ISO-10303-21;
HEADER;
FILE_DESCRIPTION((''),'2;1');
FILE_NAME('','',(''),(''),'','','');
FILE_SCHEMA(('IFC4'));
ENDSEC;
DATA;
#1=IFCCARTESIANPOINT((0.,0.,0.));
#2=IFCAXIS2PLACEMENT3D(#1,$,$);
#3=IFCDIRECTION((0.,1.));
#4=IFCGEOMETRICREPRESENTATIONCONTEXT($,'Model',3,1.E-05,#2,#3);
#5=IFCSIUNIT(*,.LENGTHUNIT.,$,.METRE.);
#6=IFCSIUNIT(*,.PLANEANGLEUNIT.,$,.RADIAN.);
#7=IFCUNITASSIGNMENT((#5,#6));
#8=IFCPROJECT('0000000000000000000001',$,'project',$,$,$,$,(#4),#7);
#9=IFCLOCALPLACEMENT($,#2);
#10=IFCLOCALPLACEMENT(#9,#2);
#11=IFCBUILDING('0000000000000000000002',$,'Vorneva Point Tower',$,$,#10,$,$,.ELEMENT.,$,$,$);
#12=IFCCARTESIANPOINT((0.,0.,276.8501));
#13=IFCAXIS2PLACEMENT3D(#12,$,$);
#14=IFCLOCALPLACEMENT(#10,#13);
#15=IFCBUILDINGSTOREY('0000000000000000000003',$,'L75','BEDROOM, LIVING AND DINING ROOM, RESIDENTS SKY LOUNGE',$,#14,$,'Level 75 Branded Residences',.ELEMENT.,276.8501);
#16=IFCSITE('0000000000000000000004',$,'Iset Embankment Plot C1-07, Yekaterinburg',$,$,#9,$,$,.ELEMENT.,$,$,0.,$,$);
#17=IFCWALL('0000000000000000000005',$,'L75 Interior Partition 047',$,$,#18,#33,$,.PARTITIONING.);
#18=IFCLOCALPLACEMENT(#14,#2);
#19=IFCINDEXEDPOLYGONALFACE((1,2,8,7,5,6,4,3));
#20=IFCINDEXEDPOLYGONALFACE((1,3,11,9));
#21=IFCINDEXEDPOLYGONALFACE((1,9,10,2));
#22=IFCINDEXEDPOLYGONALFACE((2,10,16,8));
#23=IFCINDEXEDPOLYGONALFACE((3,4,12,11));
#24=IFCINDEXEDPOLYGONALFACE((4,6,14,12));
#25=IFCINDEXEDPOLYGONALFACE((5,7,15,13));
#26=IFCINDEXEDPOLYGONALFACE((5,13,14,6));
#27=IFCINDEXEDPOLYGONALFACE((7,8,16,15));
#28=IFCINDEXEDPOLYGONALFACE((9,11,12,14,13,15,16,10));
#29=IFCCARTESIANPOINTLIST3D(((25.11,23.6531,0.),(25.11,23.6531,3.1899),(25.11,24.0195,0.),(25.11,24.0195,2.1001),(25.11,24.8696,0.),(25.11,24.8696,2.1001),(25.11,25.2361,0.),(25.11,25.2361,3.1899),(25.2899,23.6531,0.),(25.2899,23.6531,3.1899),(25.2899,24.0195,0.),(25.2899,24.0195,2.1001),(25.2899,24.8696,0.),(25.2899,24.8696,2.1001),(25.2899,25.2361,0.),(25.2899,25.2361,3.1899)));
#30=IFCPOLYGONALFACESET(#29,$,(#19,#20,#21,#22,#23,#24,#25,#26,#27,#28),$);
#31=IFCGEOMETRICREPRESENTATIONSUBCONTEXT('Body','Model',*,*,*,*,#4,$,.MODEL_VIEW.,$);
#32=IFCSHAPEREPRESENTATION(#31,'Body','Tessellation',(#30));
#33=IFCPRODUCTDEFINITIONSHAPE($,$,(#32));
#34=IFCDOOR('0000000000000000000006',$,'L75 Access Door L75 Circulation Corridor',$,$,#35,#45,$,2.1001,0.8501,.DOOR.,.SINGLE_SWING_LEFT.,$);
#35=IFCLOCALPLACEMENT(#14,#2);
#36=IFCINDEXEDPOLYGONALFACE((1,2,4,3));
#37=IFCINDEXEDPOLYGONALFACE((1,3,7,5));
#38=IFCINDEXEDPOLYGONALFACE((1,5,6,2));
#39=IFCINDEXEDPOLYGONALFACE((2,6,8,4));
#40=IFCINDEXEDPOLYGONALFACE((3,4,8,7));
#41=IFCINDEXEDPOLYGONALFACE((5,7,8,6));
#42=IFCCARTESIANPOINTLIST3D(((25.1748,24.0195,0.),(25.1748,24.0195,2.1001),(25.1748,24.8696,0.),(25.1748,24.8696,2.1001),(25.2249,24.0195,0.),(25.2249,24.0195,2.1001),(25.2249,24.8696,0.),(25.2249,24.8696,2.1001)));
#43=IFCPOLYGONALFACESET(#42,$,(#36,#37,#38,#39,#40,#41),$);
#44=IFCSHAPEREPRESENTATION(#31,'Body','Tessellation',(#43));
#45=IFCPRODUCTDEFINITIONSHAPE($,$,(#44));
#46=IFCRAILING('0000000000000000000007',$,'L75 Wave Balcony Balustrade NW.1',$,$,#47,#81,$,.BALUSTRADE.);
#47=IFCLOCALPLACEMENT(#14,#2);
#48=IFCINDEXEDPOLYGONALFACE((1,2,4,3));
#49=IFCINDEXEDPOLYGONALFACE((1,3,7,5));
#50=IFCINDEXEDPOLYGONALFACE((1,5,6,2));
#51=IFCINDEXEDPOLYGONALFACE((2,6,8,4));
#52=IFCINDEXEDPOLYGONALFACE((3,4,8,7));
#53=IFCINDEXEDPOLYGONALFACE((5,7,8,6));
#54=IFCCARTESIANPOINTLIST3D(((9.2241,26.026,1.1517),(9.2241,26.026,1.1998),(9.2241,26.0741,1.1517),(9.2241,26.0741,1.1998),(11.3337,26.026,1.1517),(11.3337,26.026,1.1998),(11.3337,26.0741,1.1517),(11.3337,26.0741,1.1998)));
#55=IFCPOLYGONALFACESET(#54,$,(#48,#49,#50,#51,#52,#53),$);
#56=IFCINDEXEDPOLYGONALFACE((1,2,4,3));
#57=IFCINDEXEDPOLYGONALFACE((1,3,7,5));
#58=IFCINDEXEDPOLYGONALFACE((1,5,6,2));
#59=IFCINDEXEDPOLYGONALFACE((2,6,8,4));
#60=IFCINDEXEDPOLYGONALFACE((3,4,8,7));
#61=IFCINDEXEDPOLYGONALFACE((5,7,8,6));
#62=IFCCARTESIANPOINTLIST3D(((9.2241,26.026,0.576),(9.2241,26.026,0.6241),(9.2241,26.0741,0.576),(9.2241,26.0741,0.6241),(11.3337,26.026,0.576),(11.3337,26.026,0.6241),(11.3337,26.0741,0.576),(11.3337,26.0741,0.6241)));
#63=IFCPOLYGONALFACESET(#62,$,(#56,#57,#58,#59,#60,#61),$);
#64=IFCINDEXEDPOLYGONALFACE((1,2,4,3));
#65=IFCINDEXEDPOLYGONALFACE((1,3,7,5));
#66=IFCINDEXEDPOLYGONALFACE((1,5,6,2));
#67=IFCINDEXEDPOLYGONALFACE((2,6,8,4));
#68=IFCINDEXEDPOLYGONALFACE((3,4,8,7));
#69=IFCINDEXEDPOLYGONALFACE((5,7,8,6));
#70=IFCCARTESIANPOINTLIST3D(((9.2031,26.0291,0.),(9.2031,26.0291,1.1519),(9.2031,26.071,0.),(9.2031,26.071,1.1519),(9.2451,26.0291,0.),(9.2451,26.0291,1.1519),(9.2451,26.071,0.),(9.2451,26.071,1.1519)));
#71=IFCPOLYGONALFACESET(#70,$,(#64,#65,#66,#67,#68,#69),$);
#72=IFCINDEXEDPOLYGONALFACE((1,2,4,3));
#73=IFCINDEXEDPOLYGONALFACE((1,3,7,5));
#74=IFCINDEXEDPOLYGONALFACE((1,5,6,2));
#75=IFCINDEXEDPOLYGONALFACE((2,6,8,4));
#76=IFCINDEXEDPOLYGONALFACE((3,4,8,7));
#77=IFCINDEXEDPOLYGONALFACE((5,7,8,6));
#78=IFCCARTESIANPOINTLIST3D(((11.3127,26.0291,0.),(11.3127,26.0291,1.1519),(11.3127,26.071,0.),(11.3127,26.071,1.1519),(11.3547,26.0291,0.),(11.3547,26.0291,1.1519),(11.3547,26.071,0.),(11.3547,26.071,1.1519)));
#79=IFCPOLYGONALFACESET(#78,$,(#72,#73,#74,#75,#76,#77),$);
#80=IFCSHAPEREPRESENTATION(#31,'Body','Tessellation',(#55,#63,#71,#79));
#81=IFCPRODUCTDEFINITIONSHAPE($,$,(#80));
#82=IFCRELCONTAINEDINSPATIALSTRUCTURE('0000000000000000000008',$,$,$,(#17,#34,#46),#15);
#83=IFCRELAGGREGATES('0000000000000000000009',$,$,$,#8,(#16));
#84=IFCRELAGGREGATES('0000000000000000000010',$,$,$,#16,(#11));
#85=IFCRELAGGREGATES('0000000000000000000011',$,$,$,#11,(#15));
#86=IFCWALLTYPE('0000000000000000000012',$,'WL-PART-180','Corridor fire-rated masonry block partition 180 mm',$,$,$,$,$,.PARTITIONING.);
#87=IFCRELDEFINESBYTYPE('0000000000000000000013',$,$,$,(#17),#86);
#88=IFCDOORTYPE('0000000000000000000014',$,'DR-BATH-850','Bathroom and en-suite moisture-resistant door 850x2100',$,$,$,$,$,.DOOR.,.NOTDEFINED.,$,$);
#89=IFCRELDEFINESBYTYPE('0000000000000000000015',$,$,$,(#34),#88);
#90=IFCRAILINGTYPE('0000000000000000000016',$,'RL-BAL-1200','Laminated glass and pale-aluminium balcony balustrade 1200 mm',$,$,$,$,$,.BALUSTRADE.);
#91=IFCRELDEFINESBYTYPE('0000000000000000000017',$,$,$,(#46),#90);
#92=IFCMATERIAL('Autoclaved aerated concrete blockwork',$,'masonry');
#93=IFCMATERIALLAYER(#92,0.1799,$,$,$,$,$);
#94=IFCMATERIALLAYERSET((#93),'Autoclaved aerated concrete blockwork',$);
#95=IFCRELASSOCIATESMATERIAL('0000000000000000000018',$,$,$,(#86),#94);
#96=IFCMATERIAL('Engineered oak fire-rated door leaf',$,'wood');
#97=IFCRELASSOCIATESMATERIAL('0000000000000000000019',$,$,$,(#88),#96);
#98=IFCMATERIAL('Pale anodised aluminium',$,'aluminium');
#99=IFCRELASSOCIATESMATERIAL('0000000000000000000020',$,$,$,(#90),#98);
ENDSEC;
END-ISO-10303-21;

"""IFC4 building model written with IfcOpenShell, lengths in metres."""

from ifc_helpers import new_model, si_unit, direction, frame, frame_2d, origin, origin_2d, place, context, subcontext, project, spatial, rectangle, extrude, material, layer, layer_set, type_object, element, fill, save


model = new_model("IFC4")

# Units and contexts
model_context = context("Model", 3, precision=1e-05, world=origin(), true_north=direction((0.0, 1.0)))
body_context = subcontext(model_context, "Body", "Model", "MODEL_VIEW")
ifc_project = project(units=[si_unit("LENGTHUNIT", "METRE"), si_unit("PLANEANGLEUNIT", "RADIAN")], contexts=[model_context])

# Site, building, storey
site_placement = place(None, origin())
site = spatial("IfcSite", under=ifc_project, at=site_placement, Name="Iset Embankment Plot C1-07, Yekaterinburg", CompositionType="ELEMENT", RefElevation=0.0)
building_placement = place(site_placement, origin())
building = spatial("IfcBuilding", under=site, at=building_placement, Name="Vorneva Point Tower", CompositionType="ELEMENT")
storey_placement = place(building_placement, frame((0.0, 0.0, 276.8501)))
storey = spatial("IfcBuildingStorey", under=building, at=storey_placement, Name="L75", Description="BEDROOM, LIVING AND DINING ROOM, RESIDENTS SKY LOUNGE", LongName="Level 75 Branded Residences", CompositionType="ELEMENT", Elevation=276.8501)

# Shared definitions
ifc_material_1 = material(Name="Pale anodised aluminium", Category="aluminium")

# Shared definitions
ifc_material_2 = material(Name="Engineered oak fire-rated door leaf", Category="wood")

# Shared definitions
ifc_material_3 = material(Name="Autoclaved aerated concrete blockwork", Category="masonry")
ifc_layer_1 = layer(ifc_material_3, 0.1799)
ifc_layer_set_1 = layer_set([ifc_layer_1], Name="Autoclaved aerated concrete blockwork")
wall_type_1 = type_object("IfcWallType", Name="WL-PART-180", Description="Corridor fire-rated masonry block partition 180 mm", PredefinedType="PARTITIONING", material=ifc_layer_set_1)

# Wall, opening, door
door_type_1 = type_object("IfcDoorType", Name="DR-BATH-850", Description="Bathroom and en-suite moisture-resistant door 850x2100", OperationType="NOTDEFINED", PredefinedType="DOOR", material=ifc_material_2)
wall_1_placement = place(storey_placement, frame((25.2, 25.2361, 0.0), z_axis=(0.0, 0.0, 1.0), x_axis=(0.0, -1.0, 0.0)))
wall_1 = element("IfcWall", 1, at=wall_1_placement, inside=storey, type_object=wall_type_1, Name="L75 Interior Partition 047", PredefinedType="PARTITIONING", context=body_context, shape_type="SweptSolid", body=[
    extrude(rectangle(XDim=1.583, YDim=0.1799, at=frame_2d((0.7915, 0.0))), origin(), (0.0, 0.0, 1.0), 3.1899),
])
opening_1_placement = place(wall_1_placement, frame((0.3665, 0.0, 0.0)))
opening_1 = element("IfcOpeningElement", 2, at=opening_1_placement, cuts=wall_1, PredefinedType="OPENING", context=body_context, shape_type="SweptSolid", body=[
    extrude(rectangle(XDim=0.8501, YDim=2.1001, at=frame_2d((0.425, 1.05))), frame((0.0, 0.105, 0.0), z_axis=(0.0, -1.0, 0.0), x_axis=(1.0, 0.0, 0.0)), (0.0, 0.0, 1.0), 0.2097),
])
door_1_placement = place(opening_1_placement, origin())
door_1 = element("IfcDoor", 3, at=door_1_placement, inside=storey, type_object=door_type_1, Name="L75 Access Door L75 Circulation Corridor", OperationType="SINGLE_SWING_LEFT", OverallHeight=2.1001, OverallWidth=0.8501, PredefinedType="DOOR", context=body_context, shape_type="SweptSolid", body=[
    extrude(rectangle(XDim=0.8501, YDim=2.1001, at=frame_2d((0.425, 1.05))), frame((0.0, 0.0249, 0.0), z_axis=(0.0, -1.0, 0.0), x_axis=(1.0, 0.0, 0.0)), (0.0, 0.0, 1.0), 0.05),
])
fill(opening_1, door_1)

# Railing
railing_type = type_object("IfcRailingType", Name="RL-BAL-1200", Description="Laminated glass and pale-aluminium balcony balustrade 1200 mm", PredefinedType="BALUSTRADE", material=ifc_material_1)
railing_placement = place(storey_placement, frame((9.2241, 26.05, 0.0)))
element("IfcRailing", 4, at=railing_placement, inside=storey, type_object=railing_type, Name="L75 Wave Balcony Balustrade NW.1", PredefinedType="BALUSTRADE", context=body_context, shape_type="SweptSolid", body=[
    extrude(rectangle(XDim=0.0481, YDim=0.0481, at=origin_2d()), frame((0.0, 0.0, 1.1758), z_axis=(1.0, 0.0, 0.0), x_axis=(0.0, 1.0, 0.0)), (0.0, 0.0, 1.0), 2.1096),
    extrude(rectangle(XDim=0.0481, YDim=0.0481, at=origin_2d()), frame((0.0, 0.0, 0.6001), z_axis=(1.0, 0.0, 0.0), x_axis=(0.0, 1.0, 0.0)), (0.0, 0.0, 1.0), 2.1096),
    extrude(rectangle(XDim=0.042, YDim=0.042, at=origin_2d()), origin(), (0.0, 0.0, 1.0), 1.1519),
    extrude(rectangle(XDim=0.042, YDim=0.042, at=origin_2d()), frame((2.1096, 0.0, 0.0)), (0.0, 0.0, 1.0), 1.1519),
])

save(model, "model.ifc")
